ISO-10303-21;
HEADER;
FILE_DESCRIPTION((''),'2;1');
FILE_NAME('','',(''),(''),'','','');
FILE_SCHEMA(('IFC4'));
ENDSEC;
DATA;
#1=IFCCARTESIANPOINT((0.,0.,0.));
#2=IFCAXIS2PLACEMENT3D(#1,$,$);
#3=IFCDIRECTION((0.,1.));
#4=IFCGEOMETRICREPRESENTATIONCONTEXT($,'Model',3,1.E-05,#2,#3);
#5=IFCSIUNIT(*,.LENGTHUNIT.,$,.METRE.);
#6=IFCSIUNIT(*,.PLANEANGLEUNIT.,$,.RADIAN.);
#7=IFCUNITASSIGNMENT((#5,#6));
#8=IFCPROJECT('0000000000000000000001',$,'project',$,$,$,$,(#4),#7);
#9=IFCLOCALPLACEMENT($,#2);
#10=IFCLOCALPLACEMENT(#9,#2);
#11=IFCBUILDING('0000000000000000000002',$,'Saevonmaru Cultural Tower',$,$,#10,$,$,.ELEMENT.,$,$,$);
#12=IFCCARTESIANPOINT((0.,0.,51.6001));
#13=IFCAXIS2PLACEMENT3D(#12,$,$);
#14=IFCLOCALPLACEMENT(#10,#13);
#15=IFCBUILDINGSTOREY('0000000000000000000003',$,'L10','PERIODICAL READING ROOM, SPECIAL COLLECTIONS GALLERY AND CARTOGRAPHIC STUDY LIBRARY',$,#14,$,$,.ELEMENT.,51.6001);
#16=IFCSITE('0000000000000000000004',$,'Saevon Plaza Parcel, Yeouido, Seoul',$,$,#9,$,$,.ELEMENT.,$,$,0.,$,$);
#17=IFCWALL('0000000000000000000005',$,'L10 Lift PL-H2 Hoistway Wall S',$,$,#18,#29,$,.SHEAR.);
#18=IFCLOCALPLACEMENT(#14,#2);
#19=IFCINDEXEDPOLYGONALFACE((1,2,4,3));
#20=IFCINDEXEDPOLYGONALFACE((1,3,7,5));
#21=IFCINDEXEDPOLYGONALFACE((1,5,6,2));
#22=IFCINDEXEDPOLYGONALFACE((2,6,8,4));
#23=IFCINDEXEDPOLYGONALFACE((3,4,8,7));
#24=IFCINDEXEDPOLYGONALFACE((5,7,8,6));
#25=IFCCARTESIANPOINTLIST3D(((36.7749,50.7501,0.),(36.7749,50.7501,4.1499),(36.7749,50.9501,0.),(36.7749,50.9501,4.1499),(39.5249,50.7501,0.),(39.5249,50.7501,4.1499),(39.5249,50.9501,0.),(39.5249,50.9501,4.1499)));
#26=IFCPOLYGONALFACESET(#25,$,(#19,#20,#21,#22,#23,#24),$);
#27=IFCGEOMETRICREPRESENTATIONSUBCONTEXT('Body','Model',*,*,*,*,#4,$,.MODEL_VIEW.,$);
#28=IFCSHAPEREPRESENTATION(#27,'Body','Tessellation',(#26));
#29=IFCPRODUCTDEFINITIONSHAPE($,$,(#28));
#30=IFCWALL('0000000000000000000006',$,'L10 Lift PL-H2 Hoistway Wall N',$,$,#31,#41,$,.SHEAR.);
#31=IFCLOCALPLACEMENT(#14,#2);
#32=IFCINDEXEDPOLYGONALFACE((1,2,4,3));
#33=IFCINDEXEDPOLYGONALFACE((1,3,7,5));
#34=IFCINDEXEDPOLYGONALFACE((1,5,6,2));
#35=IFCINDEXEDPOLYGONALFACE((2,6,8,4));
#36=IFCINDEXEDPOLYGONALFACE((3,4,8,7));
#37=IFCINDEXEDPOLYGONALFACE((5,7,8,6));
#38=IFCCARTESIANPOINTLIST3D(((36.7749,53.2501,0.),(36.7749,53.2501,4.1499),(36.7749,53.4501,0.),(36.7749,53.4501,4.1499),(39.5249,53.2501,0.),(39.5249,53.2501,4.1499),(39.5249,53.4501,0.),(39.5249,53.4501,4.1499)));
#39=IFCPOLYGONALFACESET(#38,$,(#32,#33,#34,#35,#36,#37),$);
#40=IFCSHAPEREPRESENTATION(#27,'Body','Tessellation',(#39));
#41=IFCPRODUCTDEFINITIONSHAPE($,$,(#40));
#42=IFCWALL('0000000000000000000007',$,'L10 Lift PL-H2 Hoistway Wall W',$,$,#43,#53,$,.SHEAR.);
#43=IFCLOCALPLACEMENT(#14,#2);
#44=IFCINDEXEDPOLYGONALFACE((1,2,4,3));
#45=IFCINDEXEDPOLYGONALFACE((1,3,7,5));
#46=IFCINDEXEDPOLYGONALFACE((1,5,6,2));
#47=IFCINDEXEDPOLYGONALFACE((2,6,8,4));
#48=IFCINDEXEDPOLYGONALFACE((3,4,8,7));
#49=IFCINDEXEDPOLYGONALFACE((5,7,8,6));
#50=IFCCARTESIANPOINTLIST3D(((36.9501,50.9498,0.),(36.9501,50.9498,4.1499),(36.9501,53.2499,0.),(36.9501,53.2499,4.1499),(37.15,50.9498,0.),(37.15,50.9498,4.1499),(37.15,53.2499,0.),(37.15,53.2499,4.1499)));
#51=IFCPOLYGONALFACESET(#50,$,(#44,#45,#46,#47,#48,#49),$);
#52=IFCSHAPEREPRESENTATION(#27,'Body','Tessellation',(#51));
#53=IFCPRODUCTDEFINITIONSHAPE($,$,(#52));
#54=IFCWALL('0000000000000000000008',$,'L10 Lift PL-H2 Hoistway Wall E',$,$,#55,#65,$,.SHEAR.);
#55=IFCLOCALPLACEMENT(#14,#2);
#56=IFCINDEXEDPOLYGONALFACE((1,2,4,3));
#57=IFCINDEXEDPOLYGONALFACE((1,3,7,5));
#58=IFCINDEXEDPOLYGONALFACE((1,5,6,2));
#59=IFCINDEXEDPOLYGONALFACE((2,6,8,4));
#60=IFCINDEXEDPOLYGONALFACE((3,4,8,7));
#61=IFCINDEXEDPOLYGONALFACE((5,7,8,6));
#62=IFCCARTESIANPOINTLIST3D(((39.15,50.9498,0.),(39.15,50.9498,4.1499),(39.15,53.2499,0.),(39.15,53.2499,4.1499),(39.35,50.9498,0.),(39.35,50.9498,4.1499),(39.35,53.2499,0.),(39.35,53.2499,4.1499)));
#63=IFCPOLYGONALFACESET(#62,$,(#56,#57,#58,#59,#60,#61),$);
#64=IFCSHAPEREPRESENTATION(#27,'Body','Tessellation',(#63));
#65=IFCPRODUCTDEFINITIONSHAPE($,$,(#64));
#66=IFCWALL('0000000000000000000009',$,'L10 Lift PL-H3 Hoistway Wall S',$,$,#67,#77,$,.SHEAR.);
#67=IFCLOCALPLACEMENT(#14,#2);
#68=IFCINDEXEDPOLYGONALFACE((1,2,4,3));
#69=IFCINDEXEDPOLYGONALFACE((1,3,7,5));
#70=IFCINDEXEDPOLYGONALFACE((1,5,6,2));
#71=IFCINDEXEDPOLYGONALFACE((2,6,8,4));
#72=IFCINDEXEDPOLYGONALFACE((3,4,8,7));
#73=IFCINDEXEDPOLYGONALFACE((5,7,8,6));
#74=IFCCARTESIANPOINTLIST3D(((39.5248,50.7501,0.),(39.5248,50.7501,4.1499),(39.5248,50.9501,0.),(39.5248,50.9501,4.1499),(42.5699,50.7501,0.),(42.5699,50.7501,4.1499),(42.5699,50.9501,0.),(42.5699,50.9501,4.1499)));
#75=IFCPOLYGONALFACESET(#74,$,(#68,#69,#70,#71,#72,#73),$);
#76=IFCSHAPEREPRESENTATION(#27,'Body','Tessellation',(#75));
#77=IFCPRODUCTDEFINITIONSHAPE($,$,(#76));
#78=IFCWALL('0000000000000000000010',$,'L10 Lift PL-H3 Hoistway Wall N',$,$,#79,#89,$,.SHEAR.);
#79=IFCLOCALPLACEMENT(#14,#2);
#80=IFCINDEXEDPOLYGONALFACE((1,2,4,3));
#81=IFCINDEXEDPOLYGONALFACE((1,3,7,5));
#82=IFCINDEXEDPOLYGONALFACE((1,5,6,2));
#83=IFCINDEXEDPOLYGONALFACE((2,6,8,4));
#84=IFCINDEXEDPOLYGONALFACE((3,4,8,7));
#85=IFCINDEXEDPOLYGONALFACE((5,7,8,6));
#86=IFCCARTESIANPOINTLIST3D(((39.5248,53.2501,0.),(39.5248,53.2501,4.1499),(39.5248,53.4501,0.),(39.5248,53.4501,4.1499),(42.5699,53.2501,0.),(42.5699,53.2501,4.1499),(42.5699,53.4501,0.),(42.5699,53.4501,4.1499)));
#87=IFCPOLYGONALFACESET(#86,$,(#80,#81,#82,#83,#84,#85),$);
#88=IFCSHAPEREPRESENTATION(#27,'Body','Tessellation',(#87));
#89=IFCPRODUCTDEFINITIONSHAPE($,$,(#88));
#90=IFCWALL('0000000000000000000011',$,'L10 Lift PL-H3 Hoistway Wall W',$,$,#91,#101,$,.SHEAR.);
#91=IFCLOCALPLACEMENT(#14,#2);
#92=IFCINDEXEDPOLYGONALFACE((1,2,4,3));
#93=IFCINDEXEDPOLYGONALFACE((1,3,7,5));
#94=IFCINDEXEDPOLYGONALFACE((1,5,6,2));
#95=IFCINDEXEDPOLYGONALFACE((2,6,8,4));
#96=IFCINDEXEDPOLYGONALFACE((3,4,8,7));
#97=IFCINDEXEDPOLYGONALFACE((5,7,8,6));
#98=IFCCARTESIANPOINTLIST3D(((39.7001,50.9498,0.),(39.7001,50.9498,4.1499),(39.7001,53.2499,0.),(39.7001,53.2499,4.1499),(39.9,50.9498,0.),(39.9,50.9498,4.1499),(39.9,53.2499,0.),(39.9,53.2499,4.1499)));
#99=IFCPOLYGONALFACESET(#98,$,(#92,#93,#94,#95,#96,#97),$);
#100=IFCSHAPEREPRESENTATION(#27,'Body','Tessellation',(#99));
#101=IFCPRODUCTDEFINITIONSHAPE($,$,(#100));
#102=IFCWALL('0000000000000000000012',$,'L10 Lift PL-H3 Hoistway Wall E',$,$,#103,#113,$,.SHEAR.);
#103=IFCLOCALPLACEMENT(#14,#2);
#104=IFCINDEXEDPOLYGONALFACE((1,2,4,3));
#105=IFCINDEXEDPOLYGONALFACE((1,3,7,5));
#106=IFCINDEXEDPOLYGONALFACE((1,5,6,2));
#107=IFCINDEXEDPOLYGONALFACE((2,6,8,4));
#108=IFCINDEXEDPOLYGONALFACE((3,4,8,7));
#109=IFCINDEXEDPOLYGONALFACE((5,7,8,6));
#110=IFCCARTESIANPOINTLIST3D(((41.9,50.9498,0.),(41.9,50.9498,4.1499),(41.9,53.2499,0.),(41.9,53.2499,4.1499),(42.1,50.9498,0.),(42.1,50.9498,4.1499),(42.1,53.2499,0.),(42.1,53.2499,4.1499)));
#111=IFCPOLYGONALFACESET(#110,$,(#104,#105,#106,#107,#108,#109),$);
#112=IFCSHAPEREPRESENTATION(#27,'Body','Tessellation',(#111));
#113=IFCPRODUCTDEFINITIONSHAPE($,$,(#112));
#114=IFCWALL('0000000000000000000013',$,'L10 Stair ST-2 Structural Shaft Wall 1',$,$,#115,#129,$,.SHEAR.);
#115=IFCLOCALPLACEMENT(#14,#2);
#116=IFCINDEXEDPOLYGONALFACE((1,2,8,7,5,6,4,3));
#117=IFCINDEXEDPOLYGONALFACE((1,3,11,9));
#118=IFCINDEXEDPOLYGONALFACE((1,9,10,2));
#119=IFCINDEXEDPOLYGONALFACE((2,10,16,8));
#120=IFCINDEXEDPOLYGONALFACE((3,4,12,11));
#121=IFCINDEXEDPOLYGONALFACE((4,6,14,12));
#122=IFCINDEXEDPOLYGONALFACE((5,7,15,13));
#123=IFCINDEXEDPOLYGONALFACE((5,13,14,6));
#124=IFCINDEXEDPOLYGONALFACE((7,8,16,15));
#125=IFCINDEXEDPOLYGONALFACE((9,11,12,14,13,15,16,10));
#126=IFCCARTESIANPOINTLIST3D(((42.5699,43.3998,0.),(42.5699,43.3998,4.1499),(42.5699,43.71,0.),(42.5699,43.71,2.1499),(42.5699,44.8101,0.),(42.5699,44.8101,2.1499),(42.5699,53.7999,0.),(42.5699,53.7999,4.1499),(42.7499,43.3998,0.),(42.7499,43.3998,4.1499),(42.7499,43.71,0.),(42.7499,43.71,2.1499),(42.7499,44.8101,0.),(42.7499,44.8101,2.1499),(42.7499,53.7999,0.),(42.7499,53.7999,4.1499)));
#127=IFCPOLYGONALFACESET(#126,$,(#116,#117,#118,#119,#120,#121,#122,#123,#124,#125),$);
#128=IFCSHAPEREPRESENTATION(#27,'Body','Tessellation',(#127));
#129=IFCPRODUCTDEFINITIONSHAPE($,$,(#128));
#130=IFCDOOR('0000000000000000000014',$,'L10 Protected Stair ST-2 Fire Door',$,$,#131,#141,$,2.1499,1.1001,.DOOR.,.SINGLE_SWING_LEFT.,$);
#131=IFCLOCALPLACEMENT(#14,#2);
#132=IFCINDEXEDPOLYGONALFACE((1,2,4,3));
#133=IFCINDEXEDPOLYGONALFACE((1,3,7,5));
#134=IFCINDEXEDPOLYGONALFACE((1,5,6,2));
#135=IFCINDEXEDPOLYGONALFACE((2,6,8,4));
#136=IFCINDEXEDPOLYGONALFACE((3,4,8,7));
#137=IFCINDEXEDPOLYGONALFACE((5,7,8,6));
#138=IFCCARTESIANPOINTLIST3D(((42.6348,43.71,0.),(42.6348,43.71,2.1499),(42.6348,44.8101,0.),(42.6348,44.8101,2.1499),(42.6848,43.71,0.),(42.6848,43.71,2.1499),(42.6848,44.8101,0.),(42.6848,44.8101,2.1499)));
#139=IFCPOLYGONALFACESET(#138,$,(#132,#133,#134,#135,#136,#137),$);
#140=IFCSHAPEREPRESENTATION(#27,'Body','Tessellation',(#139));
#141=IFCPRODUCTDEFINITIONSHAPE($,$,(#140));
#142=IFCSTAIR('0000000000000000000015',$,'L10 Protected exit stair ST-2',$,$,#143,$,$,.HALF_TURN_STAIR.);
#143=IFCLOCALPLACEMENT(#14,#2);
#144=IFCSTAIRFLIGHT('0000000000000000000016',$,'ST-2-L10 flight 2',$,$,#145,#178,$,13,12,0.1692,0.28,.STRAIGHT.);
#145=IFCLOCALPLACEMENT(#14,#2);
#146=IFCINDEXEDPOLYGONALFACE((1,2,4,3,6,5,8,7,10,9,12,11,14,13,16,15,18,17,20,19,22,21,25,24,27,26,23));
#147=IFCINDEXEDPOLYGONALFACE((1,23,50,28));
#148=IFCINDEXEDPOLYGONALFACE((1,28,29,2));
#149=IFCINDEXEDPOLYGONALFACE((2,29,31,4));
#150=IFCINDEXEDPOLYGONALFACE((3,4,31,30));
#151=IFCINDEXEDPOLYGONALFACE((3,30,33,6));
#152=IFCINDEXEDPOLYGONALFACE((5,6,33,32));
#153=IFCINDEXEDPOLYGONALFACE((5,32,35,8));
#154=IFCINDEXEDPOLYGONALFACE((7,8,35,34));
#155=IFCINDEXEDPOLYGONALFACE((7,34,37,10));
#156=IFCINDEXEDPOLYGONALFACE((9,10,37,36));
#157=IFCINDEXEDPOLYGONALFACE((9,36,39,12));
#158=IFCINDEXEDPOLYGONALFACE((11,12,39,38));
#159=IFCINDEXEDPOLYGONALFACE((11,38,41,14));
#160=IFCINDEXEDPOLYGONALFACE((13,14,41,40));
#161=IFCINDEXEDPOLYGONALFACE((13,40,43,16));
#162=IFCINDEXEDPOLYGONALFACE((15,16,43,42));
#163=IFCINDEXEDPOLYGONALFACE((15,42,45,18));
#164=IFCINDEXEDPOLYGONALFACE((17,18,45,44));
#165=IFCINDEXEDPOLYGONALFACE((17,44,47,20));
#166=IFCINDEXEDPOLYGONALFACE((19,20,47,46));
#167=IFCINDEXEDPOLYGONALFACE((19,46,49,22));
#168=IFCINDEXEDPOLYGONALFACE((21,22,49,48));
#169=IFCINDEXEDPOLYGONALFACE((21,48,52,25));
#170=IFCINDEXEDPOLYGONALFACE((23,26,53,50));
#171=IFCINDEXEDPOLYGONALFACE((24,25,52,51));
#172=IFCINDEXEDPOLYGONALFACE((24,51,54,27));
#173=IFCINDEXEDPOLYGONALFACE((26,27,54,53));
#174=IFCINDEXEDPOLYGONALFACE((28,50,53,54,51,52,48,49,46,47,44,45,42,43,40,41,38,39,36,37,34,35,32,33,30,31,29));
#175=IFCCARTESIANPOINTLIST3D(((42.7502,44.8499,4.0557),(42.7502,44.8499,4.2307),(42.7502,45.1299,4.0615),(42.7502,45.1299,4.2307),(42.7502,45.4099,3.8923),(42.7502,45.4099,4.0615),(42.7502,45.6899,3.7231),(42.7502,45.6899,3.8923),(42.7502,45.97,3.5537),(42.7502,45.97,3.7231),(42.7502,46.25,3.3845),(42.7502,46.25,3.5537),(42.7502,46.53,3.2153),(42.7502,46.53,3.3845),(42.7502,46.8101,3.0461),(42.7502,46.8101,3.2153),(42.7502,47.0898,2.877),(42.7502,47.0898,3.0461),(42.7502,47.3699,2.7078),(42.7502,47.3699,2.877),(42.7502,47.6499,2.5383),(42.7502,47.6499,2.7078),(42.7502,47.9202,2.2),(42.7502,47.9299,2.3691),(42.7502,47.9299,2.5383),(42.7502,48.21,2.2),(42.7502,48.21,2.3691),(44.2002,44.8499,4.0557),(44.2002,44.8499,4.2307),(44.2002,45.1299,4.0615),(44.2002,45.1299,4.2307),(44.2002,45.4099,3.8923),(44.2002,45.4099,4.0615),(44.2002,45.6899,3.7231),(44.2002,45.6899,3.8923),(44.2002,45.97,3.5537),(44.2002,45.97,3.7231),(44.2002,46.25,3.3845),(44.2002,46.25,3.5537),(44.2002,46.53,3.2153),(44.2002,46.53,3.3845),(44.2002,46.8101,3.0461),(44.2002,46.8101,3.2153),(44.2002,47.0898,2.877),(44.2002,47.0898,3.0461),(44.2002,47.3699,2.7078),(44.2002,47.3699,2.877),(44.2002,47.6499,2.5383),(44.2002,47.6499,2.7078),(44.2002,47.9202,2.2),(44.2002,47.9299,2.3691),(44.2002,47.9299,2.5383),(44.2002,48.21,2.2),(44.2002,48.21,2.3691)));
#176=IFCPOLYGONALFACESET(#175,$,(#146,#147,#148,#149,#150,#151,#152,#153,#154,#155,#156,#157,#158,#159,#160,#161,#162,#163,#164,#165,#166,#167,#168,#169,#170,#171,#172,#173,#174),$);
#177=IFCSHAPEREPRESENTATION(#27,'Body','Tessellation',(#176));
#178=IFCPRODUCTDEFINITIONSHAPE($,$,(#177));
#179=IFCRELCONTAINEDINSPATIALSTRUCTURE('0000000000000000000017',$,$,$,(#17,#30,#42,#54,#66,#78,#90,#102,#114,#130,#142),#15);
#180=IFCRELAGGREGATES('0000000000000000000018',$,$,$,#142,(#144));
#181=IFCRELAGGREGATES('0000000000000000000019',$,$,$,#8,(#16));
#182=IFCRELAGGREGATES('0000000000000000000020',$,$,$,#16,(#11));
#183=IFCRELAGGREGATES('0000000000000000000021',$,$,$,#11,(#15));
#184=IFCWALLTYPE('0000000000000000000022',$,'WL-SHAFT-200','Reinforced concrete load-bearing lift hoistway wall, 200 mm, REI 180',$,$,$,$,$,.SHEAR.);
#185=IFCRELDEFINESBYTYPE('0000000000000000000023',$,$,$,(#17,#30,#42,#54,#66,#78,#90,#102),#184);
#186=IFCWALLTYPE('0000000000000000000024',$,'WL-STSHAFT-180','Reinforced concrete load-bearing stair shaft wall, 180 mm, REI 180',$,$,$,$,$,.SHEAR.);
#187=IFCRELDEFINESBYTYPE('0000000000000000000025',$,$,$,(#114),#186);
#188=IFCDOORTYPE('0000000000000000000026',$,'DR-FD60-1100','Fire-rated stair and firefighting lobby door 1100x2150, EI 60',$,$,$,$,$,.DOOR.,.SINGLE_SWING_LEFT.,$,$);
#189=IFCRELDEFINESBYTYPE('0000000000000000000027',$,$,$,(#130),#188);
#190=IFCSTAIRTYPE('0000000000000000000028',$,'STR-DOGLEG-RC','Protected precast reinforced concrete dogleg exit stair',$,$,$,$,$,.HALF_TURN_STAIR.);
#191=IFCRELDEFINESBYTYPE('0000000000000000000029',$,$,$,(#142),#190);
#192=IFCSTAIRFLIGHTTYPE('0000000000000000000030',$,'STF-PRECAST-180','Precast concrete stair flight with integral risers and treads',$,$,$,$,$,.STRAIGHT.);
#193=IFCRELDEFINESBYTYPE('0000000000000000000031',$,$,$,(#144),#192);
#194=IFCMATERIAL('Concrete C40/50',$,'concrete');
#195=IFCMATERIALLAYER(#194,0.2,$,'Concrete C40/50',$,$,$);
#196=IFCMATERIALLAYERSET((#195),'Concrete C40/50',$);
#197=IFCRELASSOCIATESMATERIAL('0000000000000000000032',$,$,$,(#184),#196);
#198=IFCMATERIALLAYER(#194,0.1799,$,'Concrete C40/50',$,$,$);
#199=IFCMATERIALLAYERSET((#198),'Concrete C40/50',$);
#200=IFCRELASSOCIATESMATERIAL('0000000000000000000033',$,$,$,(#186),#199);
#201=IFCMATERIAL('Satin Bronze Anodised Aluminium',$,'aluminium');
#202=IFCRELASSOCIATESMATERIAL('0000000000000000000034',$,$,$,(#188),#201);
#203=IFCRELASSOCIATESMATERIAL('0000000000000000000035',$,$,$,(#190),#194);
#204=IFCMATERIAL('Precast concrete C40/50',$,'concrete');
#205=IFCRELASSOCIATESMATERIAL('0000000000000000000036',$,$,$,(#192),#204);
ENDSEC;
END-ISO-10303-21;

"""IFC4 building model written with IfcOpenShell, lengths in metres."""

from ifc_helpers import new_model, si_unit, direction, frame, frame_2d, origin, place, context, subcontext, project, spatial, polyline, rectangle, outline, extrude, material, layer, layer_set, type_object, element, fill, aggregate, save


model = new_model("IFC4")

# Units and contexts
model_context = context("Model", 3, precision=1e-05, world=origin(), true_north=direction((0.0, 1.0)))
body_context = subcontext(model_context, "Body", "Model", "MODEL_VIEW")
ifc_project = project(units=[si_unit("LENGTHUNIT", "METRE"), si_unit("PLANEANGLEUNIT", "RADIAN")], contexts=[model_context])

# Site, building, storey
site_placement = place(None, origin())
site = spatial("IfcSite", under=ifc_project, at=site_placement, Name="Saevon Plaza Parcel, Yeouido, Seoul", CompositionType="ELEMENT", RefElevation=0.0)
building_placement = place(site_placement, origin())
building = spatial("IfcBuilding", under=site, at=building_placement, Name="Saevonmaru Cultural Tower", CompositionType="ELEMENT")
storey_placement = place(building_placement, frame((0.0, 0.0, 51.6001)))
storey = spatial("IfcBuildingStorey", under=building, at=storey_placement, Name="L10", Description="PERIODICAL READING ROOM, SPECIAL COLLECTIONS GALLERY AND CARTOGRAPHIC STUDY LIBRARY", CompositionType="ELEMENT", Elevation=51.6001)

# Shared definitions
ifc_material_1 = material(Name="Satin Bronze Anodised Aluminium", Category="aluminium")

# Shared definitions
ifc_material_2 = material(Name="Concrete C40/50", Category="concrete")
ifc_layer_1 = layer(ifc_material_2, 0.2, Name="Concrete C40/50")
ifc_layer_set_1 = layer_set([ifc_layer_1], Name="Concrete C40/50")
wall_type_1 = type_object("IfcWallType", Name="WL-SHAFT-200", Description="Reinforced concrete load-bearing lift hoistway wall, 200 mm, REI 180", PredefinedType="SHEAR", material=ifc_layer_set_1)

# Walls
for number, where, z_axis, x_axis, name in (
    (1, (36.7749, 50.8501, 0.0), (0.0, 0.0, 1.0), (1.0, 0.0, 0.0), "L10 Lift PL-H2 Hoistway Wall S"),
    (2, (36.7749, 53.3501, 0.0), (0.0, 0.0, 1.0), (1.0, 0.0, 0.0), "L10 Lift PL-H2 Hoistway Wall N"),
):
    element("IfcWall", number, at=place(storey_placement, frame(where, z_axis=z_axis, x_axis=x_axis)), inside=storey, type_object=wall_type_1, Name=name, PredefinedType="SHEAR", context=body_context, shape_type="SweptSolid", body=[
        extrude(rectangle(XDim=2.75, YDim=0.2, at=frame_2d((1.375, 0.0))), origin(), (0.0, 0.0, 1.0), 4.1499),
    ])
for number, where, z_axis, x_axis, name in (
    (3, (37.05, 50.95, 0.0), (0.0, 0.0, 1.0), (0.0, 1.0, 0.0), "L10 Lift PL-H2 Hoistway Wall W"),
    (4, (39.25, 50.95, 0.0), (0.0, 0.0, 1.0), (0.0, 1.0, 0.0), "L10 Lift PL-H2 Hoistway Wall E"),
):
    element("IfcWall", number, at=place(storey_placement, frame(where, z_axis=z_axis, x_axis=x_axis)), inside=storey, type_object=wall_type_1, Name=name, PredefinedType="SHEAR", context=body_context, shape_type="SweptSolid", body=[
        extrude(rectangle(XDim=2.3, YDim=0.2, at=frame_2d((1.1499, 0.0))), origin(), (0.0, 0.0, 1.0), 4.1499),
    ])
for number, where, z_axis, x_axis, name in (
    (5, (39.5249, 50.8501, 0.0), (0.0, 0.0, 1.0), (1.0, 0.0, 0.0), "L10 Lift PL-H3 Hoistway Wall S"),
    (6, (39.5249, 53.3501, 0.0), (0.0, 0.0, 1.0), (1.0, 0.0, 0.0), "L10 Lift PL-H3 Hoistway Wall N"),
):
    element("IfcWall", number, at=place(storey_placement, frame(where, z_axis=z_axis, x_axis=x_axis)), inside=storey, type_object=wall_type_1, Name=name, PredefinedType="SHEAR", context=body_context, shape_type="SweptSolid", body=[
        extrude(rectangle(XDim=3.0452, YDim=0.2, at=frame_2d((1.5225, 0.0))), origin(), (0.0, 0.0, 1.0), 4.1499),
    ])
for number, where, z_axis, x_axis, name in (
    (7, (39.8, 50.95, 0.0), (0.0, 0.0, 1.0), (0.0, 1.0, 0.0), "L10 Lift PL-H3 Hoistway Wall W"),
    (8, (42.0, 50.95, 0.0), (0.0, 0.0, 1.0), (0.0, 1.0, 0.0), "L10 Lift PL-H3 Hoistway Wall E"),
):
    element("IfcWall", number, at=place(storey_placement, frame(where, z_axis=z_axis, x_axis=x_axis)), inside=storey, type_object=wall_type_1, Name=name, PredefinedType="SHEAR", context=body_context, shape_type="SweptSolid", body=[
        extrude(rectangle(XDim=2.3, YDim=0.2, at=frame_2d((1.1499, 0.0))), origin(), (0.0, 0.0, 1.0), 4.1499),
    ])

# Wall, opening, door
ifc_layer_2 = layer(ifc_material_2, 0.1799, Name="Concrete C40/50")
ifc_layer_set_2 = layer_set([ifc_layer_2], Name="Concrete C40/50")
wall_type_2 = type_object("IfcWallType", Name="WL-STSHAFT-180", Description="Reinforced concrete load-bearing stair shaft wall, 180 mm, REI 180", PredefinedType="SHEAR", material=ifc_layer_set_2)
wall_1_placement = place(storey_placement, frame((42.6599, 53.8, 0.0), z_axis=(0.0, 0.0, 1.0), x_axis=(0.0, -1.0, 0.0)))
wall_1 = element("IfcWall", 9, at=wall_1_placement, inside=storey, type_object=wall_type_2, Name="L10 Stair ST-2 Structural Shaft Wall 1", PredefinedType="SHEAR", context=body_context, shape_type="SweptSolid", body=[
    extrude(rectangle(XDim=10.4001, YDim=0.1799, at=frame_2d((5.2002, 0.0))), origin(), (0.0, 0.0, 1.0), 4.1499),
])
opening_1_placement = place(wall_1_placement, frame((8.99, 0.0, 0.0)))
opening_1 = element("IfcOpeningElement", 10, at=opening_1_placement, cuts=wall_1, PredefinedType="OPENING", context=body_context, shape_type="SweptSolid", body=[
    extrude(rectangle(XDim=1.1001, YDim=2.1499, at=frame_2d((0.55, 1.075))), frame((0.0, 0.1001, 0.0), z_axis=(0.0, -1.0, 0.0), x_axis=(1.0, 0.0, 0.0)), (0.0, 0.0, 1.0), 0.2),
])
door_type_1 = type_object("IfcDoorType", Name="DR-FD60-1100", Description="Fire-rated stair and firefighting lobby door 1100x2150, EI 60", OperationType="SINGLE_SWING_LEFT", PredefinedType="DOOR", material=ifc_material_1)
door_1_placement = place(opening_1_placement, origin())
door_1 = element("IfcDoor", 11, at=door_1_placement, inside=storey, type_object=door_type_1, Name="L10 Protected Stair ST-2 Fire Door", OperationType="SINGLE_SWING_LEFT", OverallHeight=2.1499, OverallWidth=1.1001, PredefinedType="DOOR", context=body_context, shape_type="SweptSolid", body=[
    extrude(rectangle(XDim=1.1001, YDim=2.1499, at=frame_2d((0.55, 1.075))), frame((0.0, 0.0249, 0.0), z_axis=(0.0, -1.0, 0.0), x_axis=(1.0, 0.0, 0.0)), (0.0, 0.0, 1.0), 0.05),
])
fill(opening_1, door_1)

# Stair, stair flight
stair_type = type_object("IfcStairType", Name="STR-DOGLEG-RC", Description="Protected precast reinforced concrete dogleg exit stair", PredefinedType="HALF_TURN_STAIR", material=ifc_material_2)
stair_placement = place(storey_placement, origin())
stair = element("IfcStair", 12, at=stair_placement, inside=storey, type_object=stair_type, Name="L10 Protected exit stair ST-2", PredefinedType="HALF_TURN_STAIR")
ifc_material_3 = material(Name="Precast concrete C40/50", Category="concrete")
stair_flight_type = type_object("IfcStairFlightType", Name="STF-PRECAST-180", Description="Precast concrete stair flight with integral risers and treads", PredefinedType="STRAIGHT", material=ifc_material_3)
stair_flight_placement = place(storey_placement, frame((43.4751, 48.21, 2.2), z_axis=(0.0, 0.0, 1.0), x_axis=(0.0, -1.0, 0.0)))
stair_flight = element("IfcStairFlight", 13, at=stair_flight_placement, type_object=stair_flight_type, Name="ST-2-L10 flight 2", NumberOfRisers=13, NumberOfTreads=12, PredefinedType="STRAIGHT", RiserHeight=0.1692, TreadLength=0.28, context=body_context, shape_type="SweptSolid", body=[
    extrude(outline(polyline([(0.0, 0.0), (0.0, 0.1692), (0.28, 0.1692), (0.28, 0.3384), (0.5601, 0.3384), (0.5601, 0.5078), (0.8401, 0.5078), (0.8401, 0.677), (1.1201, 0.677), (1.1201, 0.8462), (1.3999, 0.8462), (1.3999, 1.0154), (1.6799, 1.0154), (1.6799, 1.1846), (1.96, 1.1846), (1.96, 1.3538), (2.24, 1.3538), (2.24, 1.5232), (2.52, 1.5232), (2.52, 1.6924), (2.8, 1.6924), (2.8, 1.8616), (3.0801, 1.8616), (3.0801, 2.0308), (3.3601, 2.0308), (3.3601, 2.2), (3.3601, 1.8557), (0.2898, 0.0), (0.0, 0.0)])), frame((0.0, 0.7251, 0.0), z_axis=(0.0, -1.0, 0.0), x_axis=(1.0, 0.0, 0.0)), (0.0, 0.0, 1.0), 1.45),
])
aggregate(stair, [stair_flight])

save(model, "model.ifc")
